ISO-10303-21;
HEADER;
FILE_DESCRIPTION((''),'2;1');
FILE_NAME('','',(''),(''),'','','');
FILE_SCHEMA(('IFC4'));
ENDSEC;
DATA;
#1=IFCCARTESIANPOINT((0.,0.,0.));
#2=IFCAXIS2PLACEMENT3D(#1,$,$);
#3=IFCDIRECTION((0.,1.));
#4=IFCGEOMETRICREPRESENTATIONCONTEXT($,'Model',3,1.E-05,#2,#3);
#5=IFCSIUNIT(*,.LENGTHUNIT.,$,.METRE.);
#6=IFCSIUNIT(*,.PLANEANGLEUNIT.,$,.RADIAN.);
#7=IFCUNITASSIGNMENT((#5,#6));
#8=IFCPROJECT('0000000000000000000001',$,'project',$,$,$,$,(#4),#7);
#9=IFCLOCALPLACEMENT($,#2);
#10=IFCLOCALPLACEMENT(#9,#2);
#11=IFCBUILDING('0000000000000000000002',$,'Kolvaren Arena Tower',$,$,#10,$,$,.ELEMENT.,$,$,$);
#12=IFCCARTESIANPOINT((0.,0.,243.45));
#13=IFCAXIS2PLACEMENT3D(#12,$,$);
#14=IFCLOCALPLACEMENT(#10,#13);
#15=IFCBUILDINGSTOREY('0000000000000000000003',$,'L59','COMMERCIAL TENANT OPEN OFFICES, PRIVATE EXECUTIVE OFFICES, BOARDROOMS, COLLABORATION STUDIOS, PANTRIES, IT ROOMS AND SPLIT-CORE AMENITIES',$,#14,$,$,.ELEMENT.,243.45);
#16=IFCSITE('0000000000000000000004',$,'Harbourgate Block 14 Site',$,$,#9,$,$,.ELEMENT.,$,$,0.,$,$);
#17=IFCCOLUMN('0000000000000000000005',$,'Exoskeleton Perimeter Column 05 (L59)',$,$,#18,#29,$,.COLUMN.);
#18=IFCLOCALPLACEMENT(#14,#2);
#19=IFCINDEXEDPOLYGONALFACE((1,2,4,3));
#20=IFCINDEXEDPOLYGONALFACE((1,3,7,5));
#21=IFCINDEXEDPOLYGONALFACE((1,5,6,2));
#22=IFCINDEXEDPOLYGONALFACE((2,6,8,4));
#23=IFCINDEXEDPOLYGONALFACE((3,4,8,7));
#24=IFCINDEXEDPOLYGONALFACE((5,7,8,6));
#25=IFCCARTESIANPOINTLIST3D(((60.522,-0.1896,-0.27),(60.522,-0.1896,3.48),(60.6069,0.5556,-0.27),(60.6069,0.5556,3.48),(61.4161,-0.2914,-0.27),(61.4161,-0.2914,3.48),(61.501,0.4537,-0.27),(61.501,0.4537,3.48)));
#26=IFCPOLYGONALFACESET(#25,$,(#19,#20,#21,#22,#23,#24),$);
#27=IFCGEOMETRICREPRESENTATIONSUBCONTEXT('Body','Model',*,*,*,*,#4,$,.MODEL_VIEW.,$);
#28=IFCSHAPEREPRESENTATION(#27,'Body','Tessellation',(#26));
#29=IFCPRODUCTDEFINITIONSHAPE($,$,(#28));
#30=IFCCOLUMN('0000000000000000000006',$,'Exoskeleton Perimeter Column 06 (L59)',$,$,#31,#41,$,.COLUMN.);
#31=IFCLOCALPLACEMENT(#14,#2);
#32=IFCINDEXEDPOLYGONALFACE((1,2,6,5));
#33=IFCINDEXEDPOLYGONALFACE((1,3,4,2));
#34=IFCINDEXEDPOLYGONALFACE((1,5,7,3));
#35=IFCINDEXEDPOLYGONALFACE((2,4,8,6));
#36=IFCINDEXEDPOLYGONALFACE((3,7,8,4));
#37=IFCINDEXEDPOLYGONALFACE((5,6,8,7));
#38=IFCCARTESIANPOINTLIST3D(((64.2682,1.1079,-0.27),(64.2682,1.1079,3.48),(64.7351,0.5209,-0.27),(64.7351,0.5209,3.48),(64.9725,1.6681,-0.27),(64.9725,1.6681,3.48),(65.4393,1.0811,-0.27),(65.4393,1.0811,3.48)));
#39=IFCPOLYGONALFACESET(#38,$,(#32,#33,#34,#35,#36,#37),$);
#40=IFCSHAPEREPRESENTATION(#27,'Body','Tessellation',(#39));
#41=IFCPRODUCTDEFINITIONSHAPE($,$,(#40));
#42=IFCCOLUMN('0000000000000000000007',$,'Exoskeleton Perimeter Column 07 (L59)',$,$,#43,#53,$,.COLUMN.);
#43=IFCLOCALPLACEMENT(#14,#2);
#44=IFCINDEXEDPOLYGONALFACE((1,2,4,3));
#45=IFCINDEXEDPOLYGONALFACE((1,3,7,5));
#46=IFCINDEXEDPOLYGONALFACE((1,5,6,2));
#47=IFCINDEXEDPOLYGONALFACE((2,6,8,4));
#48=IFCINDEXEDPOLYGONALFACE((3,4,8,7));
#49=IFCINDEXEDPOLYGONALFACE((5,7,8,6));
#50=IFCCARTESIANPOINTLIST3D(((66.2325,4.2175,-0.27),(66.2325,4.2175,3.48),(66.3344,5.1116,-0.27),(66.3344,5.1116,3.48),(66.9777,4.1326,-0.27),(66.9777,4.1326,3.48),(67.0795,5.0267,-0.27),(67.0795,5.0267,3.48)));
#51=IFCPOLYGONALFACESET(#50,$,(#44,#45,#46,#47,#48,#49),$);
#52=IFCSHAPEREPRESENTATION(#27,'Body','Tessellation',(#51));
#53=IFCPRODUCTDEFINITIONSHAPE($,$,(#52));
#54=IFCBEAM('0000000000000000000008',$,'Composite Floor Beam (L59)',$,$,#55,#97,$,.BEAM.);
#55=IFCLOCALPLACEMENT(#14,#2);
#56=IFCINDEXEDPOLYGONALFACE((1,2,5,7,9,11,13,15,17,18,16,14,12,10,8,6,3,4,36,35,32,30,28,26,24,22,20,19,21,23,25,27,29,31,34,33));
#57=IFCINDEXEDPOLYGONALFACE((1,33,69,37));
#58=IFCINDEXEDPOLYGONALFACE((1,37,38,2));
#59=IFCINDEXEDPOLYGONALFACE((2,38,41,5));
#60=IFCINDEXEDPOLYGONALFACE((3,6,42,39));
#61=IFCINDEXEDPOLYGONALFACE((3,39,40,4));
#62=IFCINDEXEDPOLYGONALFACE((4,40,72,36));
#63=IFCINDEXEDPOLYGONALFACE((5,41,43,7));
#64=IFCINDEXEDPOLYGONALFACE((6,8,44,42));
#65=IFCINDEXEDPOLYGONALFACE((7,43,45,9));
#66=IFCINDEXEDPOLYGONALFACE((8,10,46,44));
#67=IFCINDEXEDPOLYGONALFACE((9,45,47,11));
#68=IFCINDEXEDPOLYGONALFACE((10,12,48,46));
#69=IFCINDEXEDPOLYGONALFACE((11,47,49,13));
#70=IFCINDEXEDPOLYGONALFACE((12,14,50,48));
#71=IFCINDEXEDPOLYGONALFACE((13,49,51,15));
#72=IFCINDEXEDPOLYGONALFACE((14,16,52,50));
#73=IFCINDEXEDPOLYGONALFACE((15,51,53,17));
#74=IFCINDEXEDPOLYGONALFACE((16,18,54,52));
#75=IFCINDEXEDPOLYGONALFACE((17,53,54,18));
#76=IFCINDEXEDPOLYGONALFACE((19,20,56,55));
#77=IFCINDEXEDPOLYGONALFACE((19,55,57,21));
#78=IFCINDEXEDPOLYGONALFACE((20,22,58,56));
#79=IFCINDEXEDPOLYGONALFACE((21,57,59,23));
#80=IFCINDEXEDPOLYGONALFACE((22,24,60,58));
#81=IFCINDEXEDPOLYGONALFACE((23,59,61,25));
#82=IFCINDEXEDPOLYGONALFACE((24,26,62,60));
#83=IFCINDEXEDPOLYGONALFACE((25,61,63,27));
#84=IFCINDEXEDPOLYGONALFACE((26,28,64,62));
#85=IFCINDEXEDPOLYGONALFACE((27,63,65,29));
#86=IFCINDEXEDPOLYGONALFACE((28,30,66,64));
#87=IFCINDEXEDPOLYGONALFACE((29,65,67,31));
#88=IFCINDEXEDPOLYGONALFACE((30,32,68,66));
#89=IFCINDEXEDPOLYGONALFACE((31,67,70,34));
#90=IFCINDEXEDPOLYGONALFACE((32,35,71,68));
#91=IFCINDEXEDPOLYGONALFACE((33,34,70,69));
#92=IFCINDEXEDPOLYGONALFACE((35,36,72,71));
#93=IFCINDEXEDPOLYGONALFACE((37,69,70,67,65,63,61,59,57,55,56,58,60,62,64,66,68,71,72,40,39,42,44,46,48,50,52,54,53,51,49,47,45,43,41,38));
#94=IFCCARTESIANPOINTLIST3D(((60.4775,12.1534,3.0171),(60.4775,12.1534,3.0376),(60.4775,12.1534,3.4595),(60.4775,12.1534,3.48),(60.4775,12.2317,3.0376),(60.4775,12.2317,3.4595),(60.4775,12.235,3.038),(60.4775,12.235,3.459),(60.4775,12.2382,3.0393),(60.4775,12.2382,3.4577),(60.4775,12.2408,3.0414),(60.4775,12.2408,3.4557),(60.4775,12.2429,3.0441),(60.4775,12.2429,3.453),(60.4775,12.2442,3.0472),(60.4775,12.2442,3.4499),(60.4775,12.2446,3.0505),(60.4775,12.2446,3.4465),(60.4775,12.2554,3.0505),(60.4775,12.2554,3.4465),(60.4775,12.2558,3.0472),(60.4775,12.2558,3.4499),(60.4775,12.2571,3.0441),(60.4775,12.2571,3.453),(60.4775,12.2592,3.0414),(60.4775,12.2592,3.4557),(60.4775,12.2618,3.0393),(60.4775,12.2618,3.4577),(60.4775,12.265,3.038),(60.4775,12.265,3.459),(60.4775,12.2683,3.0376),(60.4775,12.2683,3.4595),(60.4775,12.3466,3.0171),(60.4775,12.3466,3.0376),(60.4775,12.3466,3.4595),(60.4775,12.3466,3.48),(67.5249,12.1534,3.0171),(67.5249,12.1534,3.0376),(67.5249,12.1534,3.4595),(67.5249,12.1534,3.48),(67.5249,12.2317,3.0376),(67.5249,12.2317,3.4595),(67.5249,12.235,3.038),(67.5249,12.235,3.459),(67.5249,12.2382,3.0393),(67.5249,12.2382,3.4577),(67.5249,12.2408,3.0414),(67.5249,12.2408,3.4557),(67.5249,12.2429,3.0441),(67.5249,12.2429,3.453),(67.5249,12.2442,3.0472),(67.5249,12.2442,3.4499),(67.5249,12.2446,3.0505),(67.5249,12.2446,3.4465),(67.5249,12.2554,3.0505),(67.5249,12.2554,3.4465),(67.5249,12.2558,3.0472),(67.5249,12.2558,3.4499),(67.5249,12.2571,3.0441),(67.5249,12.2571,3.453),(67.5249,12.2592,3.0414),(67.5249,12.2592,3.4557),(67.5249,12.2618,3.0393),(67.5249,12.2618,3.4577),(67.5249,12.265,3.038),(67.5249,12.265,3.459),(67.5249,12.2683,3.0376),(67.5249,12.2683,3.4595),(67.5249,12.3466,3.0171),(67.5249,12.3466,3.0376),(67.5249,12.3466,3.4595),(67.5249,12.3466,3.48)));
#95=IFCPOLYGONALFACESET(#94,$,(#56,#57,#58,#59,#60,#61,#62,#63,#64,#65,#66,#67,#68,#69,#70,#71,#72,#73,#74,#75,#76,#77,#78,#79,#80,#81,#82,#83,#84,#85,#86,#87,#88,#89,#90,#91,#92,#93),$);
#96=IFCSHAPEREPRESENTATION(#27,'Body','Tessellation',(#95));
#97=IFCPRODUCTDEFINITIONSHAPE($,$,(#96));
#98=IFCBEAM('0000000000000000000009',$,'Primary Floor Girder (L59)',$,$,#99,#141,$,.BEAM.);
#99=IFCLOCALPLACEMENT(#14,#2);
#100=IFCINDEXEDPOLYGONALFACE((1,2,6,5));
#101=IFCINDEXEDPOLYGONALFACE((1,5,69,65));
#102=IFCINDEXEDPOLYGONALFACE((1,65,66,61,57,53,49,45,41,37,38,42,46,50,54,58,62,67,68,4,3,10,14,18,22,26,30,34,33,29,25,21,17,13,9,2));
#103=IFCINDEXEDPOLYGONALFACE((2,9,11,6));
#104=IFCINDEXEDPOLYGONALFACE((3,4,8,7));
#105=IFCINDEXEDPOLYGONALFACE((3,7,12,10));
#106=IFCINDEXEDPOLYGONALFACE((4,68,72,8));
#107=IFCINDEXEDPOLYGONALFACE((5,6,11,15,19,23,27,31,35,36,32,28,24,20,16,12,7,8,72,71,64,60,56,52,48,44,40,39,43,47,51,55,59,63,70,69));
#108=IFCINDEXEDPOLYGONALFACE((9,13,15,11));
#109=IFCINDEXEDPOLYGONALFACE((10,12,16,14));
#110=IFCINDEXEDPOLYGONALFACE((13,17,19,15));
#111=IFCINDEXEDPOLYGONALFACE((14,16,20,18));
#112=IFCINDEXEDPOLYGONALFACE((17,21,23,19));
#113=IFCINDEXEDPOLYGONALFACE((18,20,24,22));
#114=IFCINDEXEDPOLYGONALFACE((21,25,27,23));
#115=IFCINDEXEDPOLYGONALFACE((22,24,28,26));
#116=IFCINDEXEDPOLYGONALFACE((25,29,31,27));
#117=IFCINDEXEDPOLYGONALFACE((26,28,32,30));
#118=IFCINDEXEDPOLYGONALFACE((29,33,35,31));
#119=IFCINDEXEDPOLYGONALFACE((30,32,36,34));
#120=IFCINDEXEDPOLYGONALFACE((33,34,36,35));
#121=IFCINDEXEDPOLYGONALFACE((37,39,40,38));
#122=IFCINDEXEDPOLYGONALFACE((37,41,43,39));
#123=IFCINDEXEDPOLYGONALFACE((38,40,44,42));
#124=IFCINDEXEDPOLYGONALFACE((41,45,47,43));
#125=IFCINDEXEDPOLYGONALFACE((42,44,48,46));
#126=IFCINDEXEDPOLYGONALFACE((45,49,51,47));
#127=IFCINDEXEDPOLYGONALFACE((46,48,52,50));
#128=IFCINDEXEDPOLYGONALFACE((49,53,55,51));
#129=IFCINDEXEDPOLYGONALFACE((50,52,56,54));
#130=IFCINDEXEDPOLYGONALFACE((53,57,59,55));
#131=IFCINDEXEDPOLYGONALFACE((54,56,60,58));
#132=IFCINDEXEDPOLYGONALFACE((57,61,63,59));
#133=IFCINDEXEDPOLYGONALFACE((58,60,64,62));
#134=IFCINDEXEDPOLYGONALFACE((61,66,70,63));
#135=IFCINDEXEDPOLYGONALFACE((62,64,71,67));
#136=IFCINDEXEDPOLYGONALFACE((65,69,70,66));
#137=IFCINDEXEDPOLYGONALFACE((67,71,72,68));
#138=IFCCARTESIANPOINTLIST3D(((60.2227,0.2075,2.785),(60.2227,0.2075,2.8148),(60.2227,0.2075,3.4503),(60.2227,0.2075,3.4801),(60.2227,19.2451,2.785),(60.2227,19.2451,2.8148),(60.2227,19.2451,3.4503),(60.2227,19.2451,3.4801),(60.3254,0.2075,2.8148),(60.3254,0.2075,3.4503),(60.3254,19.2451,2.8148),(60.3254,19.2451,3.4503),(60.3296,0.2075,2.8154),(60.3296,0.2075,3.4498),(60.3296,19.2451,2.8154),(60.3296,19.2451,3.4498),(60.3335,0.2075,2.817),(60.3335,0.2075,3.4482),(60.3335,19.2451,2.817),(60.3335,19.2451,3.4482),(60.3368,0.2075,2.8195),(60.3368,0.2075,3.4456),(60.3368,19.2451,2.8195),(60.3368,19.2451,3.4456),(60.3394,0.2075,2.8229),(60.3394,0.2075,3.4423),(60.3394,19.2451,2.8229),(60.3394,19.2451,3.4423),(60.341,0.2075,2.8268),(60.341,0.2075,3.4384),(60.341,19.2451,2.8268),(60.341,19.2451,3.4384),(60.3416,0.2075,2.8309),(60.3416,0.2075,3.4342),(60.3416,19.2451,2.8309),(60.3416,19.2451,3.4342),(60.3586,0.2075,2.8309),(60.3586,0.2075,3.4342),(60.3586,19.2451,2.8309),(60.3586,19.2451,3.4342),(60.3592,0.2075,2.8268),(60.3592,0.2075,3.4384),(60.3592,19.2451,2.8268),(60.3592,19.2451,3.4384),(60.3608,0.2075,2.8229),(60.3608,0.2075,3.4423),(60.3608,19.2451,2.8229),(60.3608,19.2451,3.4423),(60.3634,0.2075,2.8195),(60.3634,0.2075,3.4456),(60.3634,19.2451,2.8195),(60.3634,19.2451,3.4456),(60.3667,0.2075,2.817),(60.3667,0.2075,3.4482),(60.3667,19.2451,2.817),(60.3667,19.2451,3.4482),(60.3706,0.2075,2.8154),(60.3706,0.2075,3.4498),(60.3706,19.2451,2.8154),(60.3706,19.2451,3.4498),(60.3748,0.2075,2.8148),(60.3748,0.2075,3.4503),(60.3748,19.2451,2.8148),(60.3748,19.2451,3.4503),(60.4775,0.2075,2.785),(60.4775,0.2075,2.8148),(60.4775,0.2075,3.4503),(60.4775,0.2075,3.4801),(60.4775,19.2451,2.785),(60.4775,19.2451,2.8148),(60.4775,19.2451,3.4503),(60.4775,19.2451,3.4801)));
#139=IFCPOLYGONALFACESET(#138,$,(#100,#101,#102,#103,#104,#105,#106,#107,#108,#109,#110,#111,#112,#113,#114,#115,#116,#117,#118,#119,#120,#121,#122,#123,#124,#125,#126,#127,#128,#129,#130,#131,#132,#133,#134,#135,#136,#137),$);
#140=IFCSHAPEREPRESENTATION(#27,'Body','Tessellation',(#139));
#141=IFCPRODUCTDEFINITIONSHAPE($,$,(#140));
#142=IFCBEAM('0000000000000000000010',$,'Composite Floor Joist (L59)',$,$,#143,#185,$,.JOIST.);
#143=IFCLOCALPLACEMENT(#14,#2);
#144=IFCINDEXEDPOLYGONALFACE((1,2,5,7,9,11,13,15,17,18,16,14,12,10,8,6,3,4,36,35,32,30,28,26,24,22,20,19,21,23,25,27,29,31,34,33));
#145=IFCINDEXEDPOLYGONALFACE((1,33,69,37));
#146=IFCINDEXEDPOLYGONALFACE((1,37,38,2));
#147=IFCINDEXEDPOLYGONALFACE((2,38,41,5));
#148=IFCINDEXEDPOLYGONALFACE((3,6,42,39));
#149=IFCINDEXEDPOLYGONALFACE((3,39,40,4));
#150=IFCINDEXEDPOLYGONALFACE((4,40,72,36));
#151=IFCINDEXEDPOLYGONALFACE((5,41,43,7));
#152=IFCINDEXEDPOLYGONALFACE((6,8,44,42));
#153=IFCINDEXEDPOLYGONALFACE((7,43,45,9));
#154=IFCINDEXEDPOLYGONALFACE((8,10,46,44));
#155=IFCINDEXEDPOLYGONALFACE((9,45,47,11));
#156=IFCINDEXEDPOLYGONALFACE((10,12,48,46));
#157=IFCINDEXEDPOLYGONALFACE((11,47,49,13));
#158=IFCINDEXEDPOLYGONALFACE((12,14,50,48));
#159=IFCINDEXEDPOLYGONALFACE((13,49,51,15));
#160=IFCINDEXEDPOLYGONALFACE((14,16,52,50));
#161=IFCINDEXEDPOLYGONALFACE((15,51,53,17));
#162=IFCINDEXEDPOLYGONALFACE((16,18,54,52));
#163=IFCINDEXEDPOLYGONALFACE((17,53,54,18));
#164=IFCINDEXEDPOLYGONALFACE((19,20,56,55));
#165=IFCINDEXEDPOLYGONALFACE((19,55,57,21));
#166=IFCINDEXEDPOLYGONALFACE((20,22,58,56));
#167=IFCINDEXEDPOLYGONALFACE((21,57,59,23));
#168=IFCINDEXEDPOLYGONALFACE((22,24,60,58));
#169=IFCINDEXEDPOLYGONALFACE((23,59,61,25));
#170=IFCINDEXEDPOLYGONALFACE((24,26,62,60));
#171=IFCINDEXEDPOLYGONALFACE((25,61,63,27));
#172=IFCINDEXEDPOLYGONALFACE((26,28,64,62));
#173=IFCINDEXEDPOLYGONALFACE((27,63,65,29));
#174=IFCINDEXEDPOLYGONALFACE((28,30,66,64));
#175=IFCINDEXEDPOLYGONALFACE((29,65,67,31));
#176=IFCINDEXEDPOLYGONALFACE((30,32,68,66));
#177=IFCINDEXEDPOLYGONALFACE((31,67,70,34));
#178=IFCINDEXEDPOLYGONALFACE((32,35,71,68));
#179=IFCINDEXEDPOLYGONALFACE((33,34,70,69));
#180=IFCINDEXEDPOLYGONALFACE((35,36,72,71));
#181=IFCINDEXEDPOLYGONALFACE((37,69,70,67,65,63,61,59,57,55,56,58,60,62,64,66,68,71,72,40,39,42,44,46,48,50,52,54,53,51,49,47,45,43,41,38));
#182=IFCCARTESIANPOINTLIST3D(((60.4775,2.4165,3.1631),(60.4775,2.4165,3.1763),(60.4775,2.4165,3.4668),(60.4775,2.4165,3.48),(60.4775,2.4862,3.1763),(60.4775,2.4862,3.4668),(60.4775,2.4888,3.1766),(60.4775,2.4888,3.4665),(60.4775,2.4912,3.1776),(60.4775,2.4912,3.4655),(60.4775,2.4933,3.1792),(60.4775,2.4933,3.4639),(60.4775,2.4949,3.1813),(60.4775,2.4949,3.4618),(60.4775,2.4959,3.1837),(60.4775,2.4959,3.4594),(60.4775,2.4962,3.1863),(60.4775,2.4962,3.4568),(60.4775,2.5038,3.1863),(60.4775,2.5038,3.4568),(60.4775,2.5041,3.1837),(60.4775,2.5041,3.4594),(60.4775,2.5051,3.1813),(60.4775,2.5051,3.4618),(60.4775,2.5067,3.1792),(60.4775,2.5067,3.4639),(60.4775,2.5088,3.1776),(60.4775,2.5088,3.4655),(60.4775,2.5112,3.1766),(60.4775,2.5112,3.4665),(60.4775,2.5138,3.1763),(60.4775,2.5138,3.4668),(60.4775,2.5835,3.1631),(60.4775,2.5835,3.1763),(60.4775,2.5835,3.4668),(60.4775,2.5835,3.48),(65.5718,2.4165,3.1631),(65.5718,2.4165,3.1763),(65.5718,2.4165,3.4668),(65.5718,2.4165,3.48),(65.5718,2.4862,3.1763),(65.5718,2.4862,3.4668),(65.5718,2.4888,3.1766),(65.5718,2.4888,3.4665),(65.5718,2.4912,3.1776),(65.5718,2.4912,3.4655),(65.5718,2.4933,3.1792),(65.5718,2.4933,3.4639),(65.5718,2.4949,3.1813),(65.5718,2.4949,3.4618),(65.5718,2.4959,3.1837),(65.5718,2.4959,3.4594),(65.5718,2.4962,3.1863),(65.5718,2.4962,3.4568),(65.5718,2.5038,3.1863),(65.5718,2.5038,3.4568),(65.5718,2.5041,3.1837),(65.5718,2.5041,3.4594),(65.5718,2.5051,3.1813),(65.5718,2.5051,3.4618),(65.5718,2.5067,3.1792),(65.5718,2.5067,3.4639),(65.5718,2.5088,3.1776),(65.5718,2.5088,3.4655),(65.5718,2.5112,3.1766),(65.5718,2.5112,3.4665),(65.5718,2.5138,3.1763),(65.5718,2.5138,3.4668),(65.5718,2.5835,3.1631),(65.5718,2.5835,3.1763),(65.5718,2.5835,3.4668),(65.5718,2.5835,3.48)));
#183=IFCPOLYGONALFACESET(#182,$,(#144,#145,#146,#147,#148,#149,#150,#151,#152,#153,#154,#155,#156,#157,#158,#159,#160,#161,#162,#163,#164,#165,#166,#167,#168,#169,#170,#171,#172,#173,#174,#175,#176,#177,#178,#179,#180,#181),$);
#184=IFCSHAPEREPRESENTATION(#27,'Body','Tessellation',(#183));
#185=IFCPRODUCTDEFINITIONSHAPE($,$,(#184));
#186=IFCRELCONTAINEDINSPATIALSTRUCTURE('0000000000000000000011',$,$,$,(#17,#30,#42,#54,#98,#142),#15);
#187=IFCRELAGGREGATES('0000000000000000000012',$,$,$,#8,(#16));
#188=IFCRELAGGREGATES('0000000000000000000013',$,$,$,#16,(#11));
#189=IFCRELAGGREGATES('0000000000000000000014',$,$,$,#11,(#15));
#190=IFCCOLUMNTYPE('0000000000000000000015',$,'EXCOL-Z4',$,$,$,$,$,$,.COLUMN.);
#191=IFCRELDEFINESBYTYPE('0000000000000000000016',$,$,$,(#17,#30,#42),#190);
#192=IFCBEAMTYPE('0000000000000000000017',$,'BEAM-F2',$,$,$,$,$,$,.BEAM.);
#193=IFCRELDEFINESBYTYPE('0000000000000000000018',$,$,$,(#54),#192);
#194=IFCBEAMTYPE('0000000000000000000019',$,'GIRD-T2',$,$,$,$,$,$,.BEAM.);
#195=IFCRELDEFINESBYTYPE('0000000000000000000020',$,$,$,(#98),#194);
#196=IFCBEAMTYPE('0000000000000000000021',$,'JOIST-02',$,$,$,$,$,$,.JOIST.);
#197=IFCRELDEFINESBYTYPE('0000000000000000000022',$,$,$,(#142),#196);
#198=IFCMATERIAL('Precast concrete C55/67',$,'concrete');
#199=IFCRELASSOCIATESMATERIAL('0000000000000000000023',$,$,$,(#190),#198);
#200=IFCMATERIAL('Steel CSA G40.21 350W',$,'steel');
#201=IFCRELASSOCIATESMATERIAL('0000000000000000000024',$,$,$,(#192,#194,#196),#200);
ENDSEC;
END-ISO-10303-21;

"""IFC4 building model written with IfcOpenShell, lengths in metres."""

from ifc_helpers import new_model, si_unit, direction, frame, origin, origin_2d, place, context, subcontext, project, spatial, rectangle, i_section, extrude, material, material_profile, profile_set, type_object, element, save


model = new_model("IFC4")

# Units and contexts
model_context = context("Model", 3, precision=1e-05, world=origin(), true_north=direction((0.0, 1.0)))
body_context = subcontext(model_context, "Body", "Model", "MODEL_VIEW")
ifc_project = project(units=[si_unit("LENGTHUNIT", "METRE"), si_unit("PLANEANGLEUNIT", "RADIAN")], contexts=[model_context])

# Site, building, storey
site_placement = place(None, origin())
site = spatial("IfcSite", under=ifc_project, at=site_placement, Name="Harbourgate Block 14 Site", CompositionType="ELEMENT", RefElevation=0.0)
building_placement = place(site_placement, origin())
building = spatial("IfcBuilding", under=site, at=building_placement, Name="Kolvaren Arena Tower", CompositionType="ELEMENT")
storey_placement = place(building_placement, frame((0.0, 0.0, 243.45)))
storey = spatial("IfcBuildingStorey", under=building, at=storey_placement, Name="L59", Description="COMMERCIAL TENANT OPEN OFFICES, PRIVATE EXECUTIVE OFFICES, BOARDROOMS, COLLABORATION STUDIOS, PANTRIES, IT ROOMS AND SPLIT-CORE AMENITIES", CompositionType="ELEMENT", Elevation=243.45)

# Columns
ifc_material_1 = material(Name="Precast concrete C55/67", Category="concrete")
ifc_material_profile_1 = material_profile(ifc_material_1, rectangle(XDim=0.8999, YDim=0.75, at=origin_2d()), Name="RC-900x750")
ifc_profile_set_1 = profile_set([ifc_material_profile_1], Name="Precast concrete C55/67")
column_type = type_object("IfcColumnType", Name="EXCOL-Z4", PredefinedType="COLUMN", material=ifc_profile_set_1)
for number, where, z_axis, x_axis, name in (
    (1, (61.0115, 0.1321, -0.27), (0.0, 0.0, 1.0), (0.993572, -0.113203, 0.0), "Exoskeleton Perimeter Column 05 (L59)"),
    (2, (64.8538, 1.0945, -0.27), (0.0, 0.0, 1.0), (0.782608, 0.622515, 0.0), "Exoskeleton Perimeter Column 06 (L59)"),
    (3, (66.656, 4.6221, -0.27), (0.0, 0.0, 1.0), (0.113203, 0.993572, 0.0), "Exoskeleton Perimeter Column 07 (L59)"),
):
    element("IfcColumn", number, at=place(storey_placement, frame(where, z_axis=z_axis, x_axis=x_axis)), inside=storey, type_object=column_type, Name=name, PredefinedType="COLUMN", context=body_context, shape_type="SweptSolid", body=[
        extrude(rectangle(XDim=0.8999, YDim=0.75, at=origin_2d()), origin(), (0.0, 0.0, 1.0), 3.75),
    ])

# Beams
ifc_material_2 = material(Name="Steel CSA G40.21 350W", Category="steel")
ifc_material_profile_2 = material_profile(ifc_material_2, i_section(OverallWidth=0.1931, OverallDepth=0.4629, WebThickness=0.0107, FlangeThickness=0.0205, FilletRadius=0.0129, at=origin_2d()), Name="W460x113")
ifc_profile_set_2 = profile_set([ifc_material_profile_2], Name="Steel CSA G40.21 350W")
beam_type_1 = type_object("IfcBeamType", Name="BEAM-F2", PredefinedType="BEAM", material=ifc_profile_set_2)
beam_1_placement = place(storey_placement, frame((60.4775, 12.25, 3.2485), z_axis=(1.0, 0.0, 0.0), x_axis=(0.0, 1.0, 0.0)))
element("IfcBeam", 4, at=beam_1_placement, inside=storey, type_object=beam_type_1, Name="Composite Floor Beam (L59)", PredefinedType="BEAM", context=body_context, shape_type="SweptSolid", body=[
    extrude(i_section(OverallWidth=0.1931, OverallDepth=0.4629, WebThickness=0.0107, FlangeThickness=0.0205, FilletRadius=0.0129, at=origin_2d()), origin(), (0.0, 0.0, 1.0), 7.0474),
])
ifc_material_profile_3 = material_profile(ifc_material_2, i_section(OverallWidth=0.2549, OverallDepth=0.6951, WebThickness=0.0171, FlangeThickness=0.0298, FilletRadius=0.0161, at=origin_2d()), Name="W690x217")
ifc_profile_set_3 = profile_set([ifc_material_profile_3], Name="Steel CSA G40.21 350W")
beam_type_2 = type_object("IfcBeamType", Name="GIRD-T2", PredefinedType="BEAM", material=ifc_profile_set_3)
beam_2_placement = place(storey_placement, frame((60.3501, 0.2075, 3.1326), z_axis=(0.0, 1.0, 0.0), x_axis=(-1.0, 0.0, 0.0)))
element("IfcBeam", 5, at=beam_2_placement, inside=storey, type_object=beam_type_2, Name="Primary Floor Girder (L59)", PredefinedType="BEAM", context=body_context, shape_type="SweptSolid", body=[
    extrude(i_section(OverallWidth=0.2549, OverallDepth=0.6951, WebThickness=0.0171, FlangeThickness=0.0298, FilletRadius=0.0161, at=origin_2d()), origin(), (0.0, 0.0, 1.0), 19.0376),
])
ifc_material_profile_4 = material_profile(ifc_material_2, i_section(OverallWidth=0.167, OverallDepth=0.3169, WebThickness=0.0076, FlangeThickness=0.0132, FilletRadius=0.01, at=origin_2d()), Name="W310x52")
ifc_profile_set_4 = profile_set([ifc_material_profile_4], Name="Steel CSA G40.21 350W")
beam_type_3 = type_object("IfcBeamType", Name="JOIST-02", PredefinedType="JOIST", material=ifc_profile_set_4)
beam_3_placement = place(storey_placement, frame((60.4775, 2.5, 3.3215), z_axis=(1.0, 0.0, 0.0), x_axis=(0.0, 1.0, 0.0)))
element("IfcBeam", 6, at=beam_3_placement, inside=storey, type_object=beam_type_3, Name="Composite Floor Joist (L59)", PredefinedType="JOIST", context=body_context, shape_type="SweptSolid", body=[
    extrude(i_section(OverallWidth=0.167, OverallDepth=0.3169, WebThickness=0.0076, FlangeThickness=0.0132, FilletRadius=0.01, at=origin_2d()), origin(), (0.0, 0.0, 1.0), 5.0942),
])

save(model, "model.ifc")
